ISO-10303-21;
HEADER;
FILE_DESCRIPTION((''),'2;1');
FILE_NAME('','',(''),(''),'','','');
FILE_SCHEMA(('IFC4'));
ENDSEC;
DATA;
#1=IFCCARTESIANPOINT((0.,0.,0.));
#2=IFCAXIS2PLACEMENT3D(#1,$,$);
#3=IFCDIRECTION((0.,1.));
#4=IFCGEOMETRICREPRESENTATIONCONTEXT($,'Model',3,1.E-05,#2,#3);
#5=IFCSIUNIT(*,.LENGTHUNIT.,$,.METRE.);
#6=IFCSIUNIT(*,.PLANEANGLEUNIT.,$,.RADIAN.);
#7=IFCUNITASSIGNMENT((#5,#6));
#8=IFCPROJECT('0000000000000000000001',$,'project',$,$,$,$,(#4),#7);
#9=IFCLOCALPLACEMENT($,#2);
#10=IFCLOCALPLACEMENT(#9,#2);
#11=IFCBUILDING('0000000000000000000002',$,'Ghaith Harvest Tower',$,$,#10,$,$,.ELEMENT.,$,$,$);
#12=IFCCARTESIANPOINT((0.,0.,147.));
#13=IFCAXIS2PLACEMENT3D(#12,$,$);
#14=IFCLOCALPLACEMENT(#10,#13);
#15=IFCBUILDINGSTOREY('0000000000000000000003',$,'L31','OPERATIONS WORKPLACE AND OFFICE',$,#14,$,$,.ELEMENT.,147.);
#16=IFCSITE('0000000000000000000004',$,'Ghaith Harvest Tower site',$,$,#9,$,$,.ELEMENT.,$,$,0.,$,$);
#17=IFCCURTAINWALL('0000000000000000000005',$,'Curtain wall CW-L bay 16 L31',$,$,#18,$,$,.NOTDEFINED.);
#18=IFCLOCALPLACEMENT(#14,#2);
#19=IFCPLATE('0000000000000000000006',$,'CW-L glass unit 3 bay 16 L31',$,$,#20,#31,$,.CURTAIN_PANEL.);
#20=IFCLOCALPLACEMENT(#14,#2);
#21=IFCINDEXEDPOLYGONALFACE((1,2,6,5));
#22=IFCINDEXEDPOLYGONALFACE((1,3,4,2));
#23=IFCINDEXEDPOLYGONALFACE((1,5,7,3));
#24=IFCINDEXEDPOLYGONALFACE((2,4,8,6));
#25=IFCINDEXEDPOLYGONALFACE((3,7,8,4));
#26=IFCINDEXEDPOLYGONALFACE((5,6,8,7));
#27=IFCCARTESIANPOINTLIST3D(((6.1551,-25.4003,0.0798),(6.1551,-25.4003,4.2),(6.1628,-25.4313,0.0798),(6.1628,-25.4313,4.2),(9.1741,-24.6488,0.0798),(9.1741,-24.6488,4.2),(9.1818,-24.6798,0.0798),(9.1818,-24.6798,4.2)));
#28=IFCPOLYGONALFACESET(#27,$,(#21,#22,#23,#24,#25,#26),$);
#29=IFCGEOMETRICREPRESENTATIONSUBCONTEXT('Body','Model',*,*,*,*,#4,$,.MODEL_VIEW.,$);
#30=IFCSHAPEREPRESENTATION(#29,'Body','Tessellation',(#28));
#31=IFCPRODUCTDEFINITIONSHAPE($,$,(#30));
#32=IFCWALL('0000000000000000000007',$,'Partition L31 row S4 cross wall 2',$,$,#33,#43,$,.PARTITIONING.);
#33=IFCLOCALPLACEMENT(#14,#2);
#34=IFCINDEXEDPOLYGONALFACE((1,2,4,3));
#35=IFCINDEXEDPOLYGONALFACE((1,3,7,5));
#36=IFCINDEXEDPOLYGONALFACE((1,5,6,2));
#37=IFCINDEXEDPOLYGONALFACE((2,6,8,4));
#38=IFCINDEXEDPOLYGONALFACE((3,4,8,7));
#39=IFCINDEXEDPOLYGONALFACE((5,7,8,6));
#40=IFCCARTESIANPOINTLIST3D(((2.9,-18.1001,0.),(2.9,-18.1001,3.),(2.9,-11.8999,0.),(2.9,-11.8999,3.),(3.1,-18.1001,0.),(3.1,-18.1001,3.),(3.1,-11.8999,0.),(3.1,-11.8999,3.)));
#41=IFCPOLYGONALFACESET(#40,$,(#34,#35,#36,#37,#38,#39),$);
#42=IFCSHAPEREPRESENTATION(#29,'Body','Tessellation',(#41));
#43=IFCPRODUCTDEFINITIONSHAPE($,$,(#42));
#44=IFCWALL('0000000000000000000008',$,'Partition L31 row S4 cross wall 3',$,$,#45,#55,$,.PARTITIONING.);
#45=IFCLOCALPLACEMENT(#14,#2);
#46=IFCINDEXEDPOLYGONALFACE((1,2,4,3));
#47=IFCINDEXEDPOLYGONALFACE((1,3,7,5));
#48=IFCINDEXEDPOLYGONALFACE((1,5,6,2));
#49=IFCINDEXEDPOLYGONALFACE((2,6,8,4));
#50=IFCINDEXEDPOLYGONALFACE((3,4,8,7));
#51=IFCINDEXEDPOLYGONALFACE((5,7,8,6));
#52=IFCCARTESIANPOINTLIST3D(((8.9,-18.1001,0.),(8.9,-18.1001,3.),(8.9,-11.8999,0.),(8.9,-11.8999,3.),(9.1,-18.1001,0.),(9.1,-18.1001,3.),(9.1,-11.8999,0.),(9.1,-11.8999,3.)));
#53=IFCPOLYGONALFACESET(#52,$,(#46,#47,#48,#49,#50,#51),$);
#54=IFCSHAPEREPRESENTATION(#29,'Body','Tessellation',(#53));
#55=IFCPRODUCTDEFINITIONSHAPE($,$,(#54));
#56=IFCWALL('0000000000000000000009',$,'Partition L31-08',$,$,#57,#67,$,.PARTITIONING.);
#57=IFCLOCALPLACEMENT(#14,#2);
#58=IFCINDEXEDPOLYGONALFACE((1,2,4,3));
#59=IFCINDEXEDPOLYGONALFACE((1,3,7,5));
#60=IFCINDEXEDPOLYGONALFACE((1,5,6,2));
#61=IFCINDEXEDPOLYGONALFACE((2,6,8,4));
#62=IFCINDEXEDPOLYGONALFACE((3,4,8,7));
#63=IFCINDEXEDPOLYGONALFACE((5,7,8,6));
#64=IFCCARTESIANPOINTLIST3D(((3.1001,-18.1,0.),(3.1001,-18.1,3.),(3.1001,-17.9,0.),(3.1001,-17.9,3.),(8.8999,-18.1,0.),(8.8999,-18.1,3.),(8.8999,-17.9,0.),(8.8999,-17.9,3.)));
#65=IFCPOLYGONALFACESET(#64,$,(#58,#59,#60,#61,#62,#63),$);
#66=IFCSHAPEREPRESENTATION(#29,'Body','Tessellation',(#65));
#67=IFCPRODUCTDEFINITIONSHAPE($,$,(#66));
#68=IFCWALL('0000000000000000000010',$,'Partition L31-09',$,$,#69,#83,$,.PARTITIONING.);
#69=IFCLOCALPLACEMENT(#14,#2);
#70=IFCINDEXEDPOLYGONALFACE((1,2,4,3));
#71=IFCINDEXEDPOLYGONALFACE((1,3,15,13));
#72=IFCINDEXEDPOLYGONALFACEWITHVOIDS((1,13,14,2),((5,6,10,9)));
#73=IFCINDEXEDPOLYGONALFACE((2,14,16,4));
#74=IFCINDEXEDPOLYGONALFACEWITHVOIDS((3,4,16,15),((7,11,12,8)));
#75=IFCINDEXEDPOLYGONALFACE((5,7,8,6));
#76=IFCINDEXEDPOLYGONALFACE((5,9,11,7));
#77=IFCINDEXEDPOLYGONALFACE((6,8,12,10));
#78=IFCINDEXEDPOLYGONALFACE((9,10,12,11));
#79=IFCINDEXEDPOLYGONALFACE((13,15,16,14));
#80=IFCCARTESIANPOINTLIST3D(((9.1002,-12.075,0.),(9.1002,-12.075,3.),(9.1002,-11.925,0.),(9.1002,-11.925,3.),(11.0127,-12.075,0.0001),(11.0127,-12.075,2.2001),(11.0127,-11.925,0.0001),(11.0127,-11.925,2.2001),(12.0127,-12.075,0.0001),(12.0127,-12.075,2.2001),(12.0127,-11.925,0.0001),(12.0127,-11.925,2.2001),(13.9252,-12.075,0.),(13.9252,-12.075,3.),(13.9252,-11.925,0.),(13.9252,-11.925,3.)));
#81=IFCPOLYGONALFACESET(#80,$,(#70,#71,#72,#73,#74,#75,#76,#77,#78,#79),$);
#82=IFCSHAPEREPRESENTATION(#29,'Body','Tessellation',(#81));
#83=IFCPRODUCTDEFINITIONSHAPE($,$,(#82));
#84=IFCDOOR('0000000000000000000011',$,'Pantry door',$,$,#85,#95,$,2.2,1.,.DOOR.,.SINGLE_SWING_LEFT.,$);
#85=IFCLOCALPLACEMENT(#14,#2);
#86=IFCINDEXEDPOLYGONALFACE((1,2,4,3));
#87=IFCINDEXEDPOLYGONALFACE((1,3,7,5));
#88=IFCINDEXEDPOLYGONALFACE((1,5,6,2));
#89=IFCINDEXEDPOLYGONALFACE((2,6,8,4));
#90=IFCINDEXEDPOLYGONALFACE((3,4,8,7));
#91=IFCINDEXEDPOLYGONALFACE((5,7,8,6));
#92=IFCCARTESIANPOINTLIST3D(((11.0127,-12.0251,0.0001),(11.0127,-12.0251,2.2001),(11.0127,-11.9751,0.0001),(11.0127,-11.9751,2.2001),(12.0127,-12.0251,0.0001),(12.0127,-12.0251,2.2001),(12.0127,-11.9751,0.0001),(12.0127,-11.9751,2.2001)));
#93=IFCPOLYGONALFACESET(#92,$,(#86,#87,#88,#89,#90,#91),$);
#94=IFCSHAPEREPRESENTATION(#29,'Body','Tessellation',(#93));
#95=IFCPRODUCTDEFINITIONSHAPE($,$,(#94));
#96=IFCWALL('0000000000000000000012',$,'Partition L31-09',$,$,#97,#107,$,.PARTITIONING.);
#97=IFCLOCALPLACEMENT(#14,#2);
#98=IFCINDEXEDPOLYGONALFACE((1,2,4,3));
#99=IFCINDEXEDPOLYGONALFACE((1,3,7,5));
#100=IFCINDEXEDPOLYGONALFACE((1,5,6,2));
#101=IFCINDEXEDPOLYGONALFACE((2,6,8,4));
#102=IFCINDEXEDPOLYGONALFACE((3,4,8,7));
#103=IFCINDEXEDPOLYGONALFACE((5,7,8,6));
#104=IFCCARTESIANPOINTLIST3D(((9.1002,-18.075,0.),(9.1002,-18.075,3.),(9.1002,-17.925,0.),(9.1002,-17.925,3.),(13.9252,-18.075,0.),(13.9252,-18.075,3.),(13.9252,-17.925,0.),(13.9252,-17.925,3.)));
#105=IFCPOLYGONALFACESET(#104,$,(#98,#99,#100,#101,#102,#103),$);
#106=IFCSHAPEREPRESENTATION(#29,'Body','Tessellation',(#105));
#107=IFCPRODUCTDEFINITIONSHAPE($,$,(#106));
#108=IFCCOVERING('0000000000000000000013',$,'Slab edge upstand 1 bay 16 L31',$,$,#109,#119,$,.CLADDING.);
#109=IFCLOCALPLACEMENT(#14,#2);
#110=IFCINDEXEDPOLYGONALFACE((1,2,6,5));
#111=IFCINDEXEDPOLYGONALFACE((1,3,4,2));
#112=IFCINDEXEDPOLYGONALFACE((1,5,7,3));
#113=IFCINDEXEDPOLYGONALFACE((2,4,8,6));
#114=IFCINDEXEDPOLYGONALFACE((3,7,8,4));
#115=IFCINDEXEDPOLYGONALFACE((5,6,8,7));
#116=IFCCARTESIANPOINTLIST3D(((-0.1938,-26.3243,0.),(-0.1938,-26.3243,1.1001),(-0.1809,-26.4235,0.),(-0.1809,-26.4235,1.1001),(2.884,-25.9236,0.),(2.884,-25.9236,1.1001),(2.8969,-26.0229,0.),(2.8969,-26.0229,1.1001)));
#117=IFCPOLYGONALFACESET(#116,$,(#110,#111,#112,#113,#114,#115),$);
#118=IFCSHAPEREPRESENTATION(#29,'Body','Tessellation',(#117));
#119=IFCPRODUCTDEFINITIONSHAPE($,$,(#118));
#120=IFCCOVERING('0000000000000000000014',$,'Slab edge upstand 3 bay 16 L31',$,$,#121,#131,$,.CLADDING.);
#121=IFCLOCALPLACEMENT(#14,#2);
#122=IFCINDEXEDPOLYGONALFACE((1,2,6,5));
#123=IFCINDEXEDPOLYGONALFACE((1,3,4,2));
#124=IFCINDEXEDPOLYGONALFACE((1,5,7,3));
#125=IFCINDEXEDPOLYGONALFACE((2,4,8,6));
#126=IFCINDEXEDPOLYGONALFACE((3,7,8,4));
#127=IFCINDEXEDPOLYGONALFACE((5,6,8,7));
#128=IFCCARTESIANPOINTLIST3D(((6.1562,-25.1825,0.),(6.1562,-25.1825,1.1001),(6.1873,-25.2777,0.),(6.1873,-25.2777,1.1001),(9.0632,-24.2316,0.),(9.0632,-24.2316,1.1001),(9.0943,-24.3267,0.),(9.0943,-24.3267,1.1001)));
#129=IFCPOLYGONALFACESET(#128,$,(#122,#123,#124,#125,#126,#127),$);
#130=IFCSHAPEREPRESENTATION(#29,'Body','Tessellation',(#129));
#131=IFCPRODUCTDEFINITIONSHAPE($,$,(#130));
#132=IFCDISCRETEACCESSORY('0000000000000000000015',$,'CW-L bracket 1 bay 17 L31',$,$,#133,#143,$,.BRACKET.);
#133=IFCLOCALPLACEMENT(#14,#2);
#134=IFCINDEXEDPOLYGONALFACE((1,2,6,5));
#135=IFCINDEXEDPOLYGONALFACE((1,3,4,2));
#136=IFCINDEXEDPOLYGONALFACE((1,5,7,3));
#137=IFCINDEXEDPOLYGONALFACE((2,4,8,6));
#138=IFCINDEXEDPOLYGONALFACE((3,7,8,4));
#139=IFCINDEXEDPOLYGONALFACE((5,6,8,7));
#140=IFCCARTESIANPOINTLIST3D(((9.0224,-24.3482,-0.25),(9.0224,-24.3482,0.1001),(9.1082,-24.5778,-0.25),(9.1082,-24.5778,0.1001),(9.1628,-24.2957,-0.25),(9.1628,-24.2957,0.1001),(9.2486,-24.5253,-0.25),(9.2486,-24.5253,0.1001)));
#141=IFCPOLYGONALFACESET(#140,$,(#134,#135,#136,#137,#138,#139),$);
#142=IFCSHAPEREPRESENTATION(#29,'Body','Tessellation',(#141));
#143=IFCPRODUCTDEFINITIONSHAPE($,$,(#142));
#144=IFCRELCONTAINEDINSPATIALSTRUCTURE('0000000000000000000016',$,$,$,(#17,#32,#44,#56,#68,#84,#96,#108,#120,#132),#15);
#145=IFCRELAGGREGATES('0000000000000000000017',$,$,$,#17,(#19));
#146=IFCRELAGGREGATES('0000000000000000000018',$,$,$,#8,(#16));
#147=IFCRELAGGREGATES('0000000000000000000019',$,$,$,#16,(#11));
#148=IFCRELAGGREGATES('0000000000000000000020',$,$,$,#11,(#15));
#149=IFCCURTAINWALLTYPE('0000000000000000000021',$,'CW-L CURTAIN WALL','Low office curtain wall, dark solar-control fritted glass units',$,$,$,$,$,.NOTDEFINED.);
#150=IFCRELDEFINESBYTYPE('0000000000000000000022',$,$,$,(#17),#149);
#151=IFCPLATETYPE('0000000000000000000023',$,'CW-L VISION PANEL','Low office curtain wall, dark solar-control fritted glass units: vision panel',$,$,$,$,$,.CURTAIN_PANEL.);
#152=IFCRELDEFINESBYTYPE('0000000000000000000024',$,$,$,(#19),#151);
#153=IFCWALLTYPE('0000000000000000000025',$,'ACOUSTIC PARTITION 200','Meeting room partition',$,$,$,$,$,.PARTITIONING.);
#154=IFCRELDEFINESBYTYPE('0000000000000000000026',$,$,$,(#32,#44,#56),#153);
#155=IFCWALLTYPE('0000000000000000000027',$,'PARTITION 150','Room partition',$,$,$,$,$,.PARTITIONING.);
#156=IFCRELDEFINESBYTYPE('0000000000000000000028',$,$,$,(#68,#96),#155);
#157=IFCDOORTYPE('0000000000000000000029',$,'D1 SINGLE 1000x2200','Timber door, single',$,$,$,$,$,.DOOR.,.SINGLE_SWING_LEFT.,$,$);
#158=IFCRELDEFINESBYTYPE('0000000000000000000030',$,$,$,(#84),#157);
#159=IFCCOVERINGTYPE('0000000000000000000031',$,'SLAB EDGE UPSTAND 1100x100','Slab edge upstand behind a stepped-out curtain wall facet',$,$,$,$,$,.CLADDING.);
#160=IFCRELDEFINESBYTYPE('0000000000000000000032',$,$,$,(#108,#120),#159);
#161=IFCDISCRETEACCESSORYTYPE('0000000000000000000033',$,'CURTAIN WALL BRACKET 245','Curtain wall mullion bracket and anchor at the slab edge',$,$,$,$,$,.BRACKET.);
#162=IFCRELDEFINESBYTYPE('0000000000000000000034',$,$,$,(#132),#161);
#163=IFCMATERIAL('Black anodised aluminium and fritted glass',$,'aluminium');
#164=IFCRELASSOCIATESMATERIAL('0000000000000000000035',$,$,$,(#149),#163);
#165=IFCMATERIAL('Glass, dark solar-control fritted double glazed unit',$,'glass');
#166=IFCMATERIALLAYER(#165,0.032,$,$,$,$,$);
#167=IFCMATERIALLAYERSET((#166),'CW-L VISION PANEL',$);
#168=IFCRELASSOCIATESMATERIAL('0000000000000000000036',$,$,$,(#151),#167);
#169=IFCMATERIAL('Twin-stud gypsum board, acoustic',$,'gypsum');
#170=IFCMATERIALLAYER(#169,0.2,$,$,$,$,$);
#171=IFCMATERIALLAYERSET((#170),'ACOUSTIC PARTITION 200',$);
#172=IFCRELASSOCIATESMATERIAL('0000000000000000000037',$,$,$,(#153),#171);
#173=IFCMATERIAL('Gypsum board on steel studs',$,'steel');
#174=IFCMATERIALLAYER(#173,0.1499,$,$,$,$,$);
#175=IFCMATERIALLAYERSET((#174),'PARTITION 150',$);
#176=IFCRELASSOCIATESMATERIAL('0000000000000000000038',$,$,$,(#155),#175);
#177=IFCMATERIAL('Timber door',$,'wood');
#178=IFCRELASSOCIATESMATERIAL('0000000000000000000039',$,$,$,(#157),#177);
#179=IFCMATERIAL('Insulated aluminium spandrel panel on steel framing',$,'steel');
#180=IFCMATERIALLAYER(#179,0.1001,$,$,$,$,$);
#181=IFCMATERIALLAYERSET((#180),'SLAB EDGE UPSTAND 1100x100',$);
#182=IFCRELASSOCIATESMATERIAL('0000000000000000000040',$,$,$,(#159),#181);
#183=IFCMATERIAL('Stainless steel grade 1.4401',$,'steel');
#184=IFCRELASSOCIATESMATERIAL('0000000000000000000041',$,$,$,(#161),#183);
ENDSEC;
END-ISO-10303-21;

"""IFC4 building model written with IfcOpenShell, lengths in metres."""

from ifc_helpers import new_model, si_unit, direction, frame, frame_2d, origin, origin_2d, place, context, subcontext, project, spatial, rectangle, extrude, material, layer, layer_set, type_object, element, fill, aggregate, save


model = new_model("IFC4")

# Units and contexts
model_context = context("Model", 3, precision=1e-05, world=origin(), true_north=direction((0.0, 1.0)))
body_context = subcontext(model_context, "Body", "Model", "MODEL_VIEW")
ifc_project = project(units=[si_unit("LENGTHUNIT", "METRE"), si_unit("PLANEANGLEUNIT", "RADIAN")], contexts=[model_context])

# Site, building, storey
site_placement = place(None, origin())
site = spatial("IfcSite", under=ifc_project, at=site_placement, Name="Ghaith Harvest Tower site", CompositionType="ELEMENT", RefElevation=0.0)
building_placement = place(site_placement, origin())
building = spatial("IfcBuilding", under=site, at=building_placement, Name="Ghaith Harvest Tower", CompositionType="ELEMENT")
storey_placement = place(building_placement, frame((0.0, 0.0, 147.0)))
storey = spatial("IfcBuildingStorey", under=building, at=storey_placement, Name="L31", Description="OPERATIONS WORKPLACE AND OFFICE", CompositionType="ELEMENT", Elevation=147.0)

# Curtain wall
ifc_material_1 = material(Name="Black anodised aluminium and fritted glass", Category="aluminium")
curtain_wall_type = type_object("IfcCurtainWallType", Name="CW-L CURTAIN WALL", Description="Low office curtain wall, dark solar-control fritted glass units", PredefinedType="NOTDEFINED", material=ifc_material_1)
curtain_wall_1_placement = place(storey_placement, origin())
curtain_wall_1 = element("IfcCurtainWall", 1, at=curtain_wall_1_placement, inside=storey, type_object=curtain_wall_type, Name="Curtain wall CW-L bay 16 L31", PredefinedType="NOTDEFINED")

# Plate
ifc_material_2 = material(Name="Glass, dark solar-control fritted double glazed unit", Category="glass")
ifc_layer_1 = layer(ifc_material_2, 0.032)
ifc_layer_set_1 = layer_set([ifc_layer_1], Name="CW-L VISION PANEL")
plate_type = type_object("IfcPlateType", Name="CW-L VISION PANEL", Description="Low office curtain wall, dark solar-control fritted glass units: vision panel", PredefinedType="CURTAIN_PANEL", material=ifc_layer_set_1)
plate_1_placement = place(storey_placement, frame((7.6685, -25.04, 0.0798), z_axis=(0.0, 0.0, 1.0), x_axis=(0.970384, 0.241566, 0.0)))
plate_1 = element("IfcPlate", 2, at=plate_1_placement, type_object=plate_type, Name="CW-L glass unit 3 bay 16 L31", PredefinedType="CURTAIN_PANEL", context=body_context, shape_type="SweptSolid", body=[
    extrude(rectangle(XDim=3.1111, YDim=0.032, at=origin_2d()), origin(), (0.0, 0.0, 1.0), 4.1201),
])
aggregate(curtain_wall_1, [plate_1])

# Walls
ifc_material_3 = material(Name="Twin-stud gypsum board, acoustic", Category="gypsum")
ifc_layer_2 = layer(ifc_material_3, 0.2)
ifc_layer_set_2 = layer_set([ifc_layer_2], Name="ACOUSTIC PARTITION 200")
wall_type_1 = type_object("IfcWallType", Name="ACOUSTIC PARTITION 200", Description="Meeting room partition", PredefinedType="PARTITIONING", material=ifc_layer_set_2)
for number, where, z_axis, x_axis, name in (
    (3, (3.0, -11.8999, 0.0), (0.0, 0.0, 1.0), (0.0, -1.0, 0.0), "Partition L31 row S4 cross wall 2"),
    (4, (9.0, -11.8999, 0.0), (0.0, 0.0, 1.0), (0.0, -1.0, 0.0), "Partition L31 row S4 cross wall 3"),
):
    element("IfcWall", number, at=place(storey_placement, frame(where, z_axis=z_axis, x_axis=x_axis)), inside=storey, type_object=wall_type_1, Name=name, PredefinedType="PARTITIONING", context=body_context, shape_type="SweptSolid", body=[
        extrude(rectangle(XDim=6.2002, YDim=0.2, at=frame_2d((3.1001, 0.0))), origin(), (0.0, 0.0, 1.0), 3.0),
    ])

# Wall
wall_1_placement = place(storey_placement, frame((3.1001, -18.0, 0.0), z_axis=(0.0, 0.0, 1.0), x_axis=(1.0, 0.0, 0.0)))
element("IfcWall", 5, at=wall_1_placement, inside=storey, type_object=wall_type_1, Name="Partition L31-08", PredefinedType="PARTITIONING", context=body_context, shape_type="SweptSolid", body=[
    extrude(rectangle(XDim=5.7998, YDim=0.2, at=frame_2d((2.8999, 0.0))), origin(), (0.0, 0.0, 1.0), 3.0),
])

# Wall, opening, door
ifc_material_4 = material(Name="Gypsum board on steel studs", Category="steel")
ifc_layer_3 = layer(ifc_material_4, 0.1499)
ifc_layer_set_3 = layer_set([ifc_layer_3], Name="PARTITION 150")
wall_type_2 = type_object("IfcWallType", Name="PARTITION 150", Description="Room partition", PredefinedType="PARTITIONING", material=ifc_layer_set_3)
wall_2_placement = place(storey_placement, frame((9.1001, -12.0, 0.0), z_axis=(0.0, 0.0, 1.0), x_axis=(1.0, 0.0, 0.0)))
wall_2 = element("IfcWall", 6, at=wall_2_placement, inside=storey, type_object=wall_type_2, Name="Partition L31-09", PredefinedType="PARTITIONING", context=body_context, shape_type="SweptSolid", body=[
    extrude(rectangle(XDim=4.825, YDim=0.1499, at=frame_2d((2.4126, 0.0))), origin(), (0.0, 0.0, 1.0), 3.0),
])
opening_1_placement = place(wall_2_placement, frame((1.9126, 0.0, 0.0)))
opening_1 = element("IfcOpeningElement", 7, at=opening_1_placement, cuts=wall_2, PredefinedType="OPENING", context=body_context, shape_type="SweptSolid", body=[
    extrude(rectangle(XDim=1.0, YDim=2.2, at=frame_2d((0.5, 1.1001))), frame((0.0, 0.085, 0.0), z_axis=(0.0, -1.0, 0.0), x_axis=(1.0, 0.0, 0.0)), (0.0, 0.0, 1.0), 0.1699),
])
ifc_material_5 = material(Name="Timber door", Category="wood")
door_type_1 = type_object("IfcDoorType", Name="D1 SINGLE 1000x2200", Description="Timber door, single", OperationType="SINGLE_SWING_LEFT", PredefinedType="DOOR", material=ifc_material_5)
door_1_placement = place(opening_1_placement, origin())
door_1 = element("IfcDoor", 8, at=door_1_placement, inside=storey, type_object=door_type_1, Name="Pantry door", OperationType="SINGLE_SWING_LEFT", OverallHeight=2.2, OverallWidth=1.0, PredefinedType="DOOR", context=body_context, shape_type="SweptSolid", body=[
    extrude(rectangle(XDim=1.0, YDim=2.2, at=frame_2d((0.5, 1.1001))), frame((0.0, 0.0249, 0.0), z_axis=(0.0, -1.0, 0.0), x_axis=(1.0, 0.0, 0.0)), (0.0, 0.0, 1.0), 0.05),
])
fill(opening_1, door_1)

# Wall
wall_3_placement = place(storey_placement, frame((9.1001, -18.0, 0.0), z_axis=(0.0, 0.0, 1.0), x_axis=(1.0, 0.0, 0.0)))
element("IfcWall", 9, at=wall_3_placement, inside=storey, type_object=wall_type_2, Name="Partition L31-09", PredefinedType="PARTITIONING", context=body_context, shape_type="SweptSolid", body=[
    extrude(rectangle(XDim=4.825, YDim=0.1499, at=frame_2d((2.4126, 0.0))), origin(), (0.0, 0.0, 1.0), 3.0),
])

# Coverings
ifc_material_6 = material(Name="Insulated aluminium spandrel panel on steel framing", Category="steel")
ifc_layer_4 = layer(ifc_material_6, 0.1001)
ifc_layer_set_4 = layer_set([ifc_layer_4], Name="SLAB EDGE UPSTAND 1100x100")
covering_type = type_object("IfcCoveringType", Name="SLAB EDGE UPSTAND 1100x100", Description="Slab edge upstand behind a stepped-out curtain wall facet", PredefinedType="CLADDING", material=ifc_layer_set_4)
covering_1_placement = place(storey_placement, frame((1.3516, -26.1736, 0.0), z_axis=(0.0, 0.0, 1.0), x_axis=(0.991634, 0.129084, 0.0)))
element("IfcCovering", 10, at=covering_1_placement, inside=storey, type_object=covering_type, Name="Slab edge upstand 1 bay 16 L31", PredefinedType="CLADDING", context=body_context, shape_type="SweptSolid", body=[
    extrude(rectangle(XDim=3.1038, YDim=0.1001, at=origin_2d()), origin(), (0.0, 0.0, 1.0), 1.1001),
])
covering_2_placement = place(storey_placement, frame((7.6252, -24.7546, 0.0), z_axis=(0.0, 0.0, 1.0), x_axis=(0.950441, 0.310904, 0.0)))
element("IfcCovering", 11, at=covering_2_placement, inside=storey, type_object=covering_type, Name="Slab edge upstand 3 bay 16 L31", PredefinedType="CLADDING", context=body_context, shape_type="SweptSolid", body=[
    extrude(rectangle(XDim=3.0586, YDim=0.1001, at=origin_2d()), origin(), (0.0, 0.0, 1.0), 1.1001),
])

# Discrete accessory
ifc_material_7 = material(Name="Stainless steel grade 1.4401", Category="steel")
discrete_accessory_type = type_object("IfcDiscreteAccessoryType", Name="CURTAIN WALL BRACKET 245", Description="Curtain wall mullion bracket and anchor at the slab edge", PredefinedType="BRACKET", material=ifc_material_7)
discrete_accessory_placement = place(storey_placement, frame((9.1355, -24.4368, -0.25), z_axis=(0.0, 0.0, 1.0), x_axis=(0.350168, -0.936687, 0.0)))
element("IfcDiscreteAccessory", 12, at=discrete_accessory_placement, inside=storey, type_object=discrete_accessory_type, Name="CW-L bracket 1 bay 17 L31", PredefinedType="BRACKET", context=body_context, shape_type="SweptSolid", body=[
    extrude(rectangle(XDim=0.2451, YDim=0.1499, at=origin_2d()), origin(), (0.0, 0.0, 1.0), 0.3501),
])

save(model, "model.ifc")
